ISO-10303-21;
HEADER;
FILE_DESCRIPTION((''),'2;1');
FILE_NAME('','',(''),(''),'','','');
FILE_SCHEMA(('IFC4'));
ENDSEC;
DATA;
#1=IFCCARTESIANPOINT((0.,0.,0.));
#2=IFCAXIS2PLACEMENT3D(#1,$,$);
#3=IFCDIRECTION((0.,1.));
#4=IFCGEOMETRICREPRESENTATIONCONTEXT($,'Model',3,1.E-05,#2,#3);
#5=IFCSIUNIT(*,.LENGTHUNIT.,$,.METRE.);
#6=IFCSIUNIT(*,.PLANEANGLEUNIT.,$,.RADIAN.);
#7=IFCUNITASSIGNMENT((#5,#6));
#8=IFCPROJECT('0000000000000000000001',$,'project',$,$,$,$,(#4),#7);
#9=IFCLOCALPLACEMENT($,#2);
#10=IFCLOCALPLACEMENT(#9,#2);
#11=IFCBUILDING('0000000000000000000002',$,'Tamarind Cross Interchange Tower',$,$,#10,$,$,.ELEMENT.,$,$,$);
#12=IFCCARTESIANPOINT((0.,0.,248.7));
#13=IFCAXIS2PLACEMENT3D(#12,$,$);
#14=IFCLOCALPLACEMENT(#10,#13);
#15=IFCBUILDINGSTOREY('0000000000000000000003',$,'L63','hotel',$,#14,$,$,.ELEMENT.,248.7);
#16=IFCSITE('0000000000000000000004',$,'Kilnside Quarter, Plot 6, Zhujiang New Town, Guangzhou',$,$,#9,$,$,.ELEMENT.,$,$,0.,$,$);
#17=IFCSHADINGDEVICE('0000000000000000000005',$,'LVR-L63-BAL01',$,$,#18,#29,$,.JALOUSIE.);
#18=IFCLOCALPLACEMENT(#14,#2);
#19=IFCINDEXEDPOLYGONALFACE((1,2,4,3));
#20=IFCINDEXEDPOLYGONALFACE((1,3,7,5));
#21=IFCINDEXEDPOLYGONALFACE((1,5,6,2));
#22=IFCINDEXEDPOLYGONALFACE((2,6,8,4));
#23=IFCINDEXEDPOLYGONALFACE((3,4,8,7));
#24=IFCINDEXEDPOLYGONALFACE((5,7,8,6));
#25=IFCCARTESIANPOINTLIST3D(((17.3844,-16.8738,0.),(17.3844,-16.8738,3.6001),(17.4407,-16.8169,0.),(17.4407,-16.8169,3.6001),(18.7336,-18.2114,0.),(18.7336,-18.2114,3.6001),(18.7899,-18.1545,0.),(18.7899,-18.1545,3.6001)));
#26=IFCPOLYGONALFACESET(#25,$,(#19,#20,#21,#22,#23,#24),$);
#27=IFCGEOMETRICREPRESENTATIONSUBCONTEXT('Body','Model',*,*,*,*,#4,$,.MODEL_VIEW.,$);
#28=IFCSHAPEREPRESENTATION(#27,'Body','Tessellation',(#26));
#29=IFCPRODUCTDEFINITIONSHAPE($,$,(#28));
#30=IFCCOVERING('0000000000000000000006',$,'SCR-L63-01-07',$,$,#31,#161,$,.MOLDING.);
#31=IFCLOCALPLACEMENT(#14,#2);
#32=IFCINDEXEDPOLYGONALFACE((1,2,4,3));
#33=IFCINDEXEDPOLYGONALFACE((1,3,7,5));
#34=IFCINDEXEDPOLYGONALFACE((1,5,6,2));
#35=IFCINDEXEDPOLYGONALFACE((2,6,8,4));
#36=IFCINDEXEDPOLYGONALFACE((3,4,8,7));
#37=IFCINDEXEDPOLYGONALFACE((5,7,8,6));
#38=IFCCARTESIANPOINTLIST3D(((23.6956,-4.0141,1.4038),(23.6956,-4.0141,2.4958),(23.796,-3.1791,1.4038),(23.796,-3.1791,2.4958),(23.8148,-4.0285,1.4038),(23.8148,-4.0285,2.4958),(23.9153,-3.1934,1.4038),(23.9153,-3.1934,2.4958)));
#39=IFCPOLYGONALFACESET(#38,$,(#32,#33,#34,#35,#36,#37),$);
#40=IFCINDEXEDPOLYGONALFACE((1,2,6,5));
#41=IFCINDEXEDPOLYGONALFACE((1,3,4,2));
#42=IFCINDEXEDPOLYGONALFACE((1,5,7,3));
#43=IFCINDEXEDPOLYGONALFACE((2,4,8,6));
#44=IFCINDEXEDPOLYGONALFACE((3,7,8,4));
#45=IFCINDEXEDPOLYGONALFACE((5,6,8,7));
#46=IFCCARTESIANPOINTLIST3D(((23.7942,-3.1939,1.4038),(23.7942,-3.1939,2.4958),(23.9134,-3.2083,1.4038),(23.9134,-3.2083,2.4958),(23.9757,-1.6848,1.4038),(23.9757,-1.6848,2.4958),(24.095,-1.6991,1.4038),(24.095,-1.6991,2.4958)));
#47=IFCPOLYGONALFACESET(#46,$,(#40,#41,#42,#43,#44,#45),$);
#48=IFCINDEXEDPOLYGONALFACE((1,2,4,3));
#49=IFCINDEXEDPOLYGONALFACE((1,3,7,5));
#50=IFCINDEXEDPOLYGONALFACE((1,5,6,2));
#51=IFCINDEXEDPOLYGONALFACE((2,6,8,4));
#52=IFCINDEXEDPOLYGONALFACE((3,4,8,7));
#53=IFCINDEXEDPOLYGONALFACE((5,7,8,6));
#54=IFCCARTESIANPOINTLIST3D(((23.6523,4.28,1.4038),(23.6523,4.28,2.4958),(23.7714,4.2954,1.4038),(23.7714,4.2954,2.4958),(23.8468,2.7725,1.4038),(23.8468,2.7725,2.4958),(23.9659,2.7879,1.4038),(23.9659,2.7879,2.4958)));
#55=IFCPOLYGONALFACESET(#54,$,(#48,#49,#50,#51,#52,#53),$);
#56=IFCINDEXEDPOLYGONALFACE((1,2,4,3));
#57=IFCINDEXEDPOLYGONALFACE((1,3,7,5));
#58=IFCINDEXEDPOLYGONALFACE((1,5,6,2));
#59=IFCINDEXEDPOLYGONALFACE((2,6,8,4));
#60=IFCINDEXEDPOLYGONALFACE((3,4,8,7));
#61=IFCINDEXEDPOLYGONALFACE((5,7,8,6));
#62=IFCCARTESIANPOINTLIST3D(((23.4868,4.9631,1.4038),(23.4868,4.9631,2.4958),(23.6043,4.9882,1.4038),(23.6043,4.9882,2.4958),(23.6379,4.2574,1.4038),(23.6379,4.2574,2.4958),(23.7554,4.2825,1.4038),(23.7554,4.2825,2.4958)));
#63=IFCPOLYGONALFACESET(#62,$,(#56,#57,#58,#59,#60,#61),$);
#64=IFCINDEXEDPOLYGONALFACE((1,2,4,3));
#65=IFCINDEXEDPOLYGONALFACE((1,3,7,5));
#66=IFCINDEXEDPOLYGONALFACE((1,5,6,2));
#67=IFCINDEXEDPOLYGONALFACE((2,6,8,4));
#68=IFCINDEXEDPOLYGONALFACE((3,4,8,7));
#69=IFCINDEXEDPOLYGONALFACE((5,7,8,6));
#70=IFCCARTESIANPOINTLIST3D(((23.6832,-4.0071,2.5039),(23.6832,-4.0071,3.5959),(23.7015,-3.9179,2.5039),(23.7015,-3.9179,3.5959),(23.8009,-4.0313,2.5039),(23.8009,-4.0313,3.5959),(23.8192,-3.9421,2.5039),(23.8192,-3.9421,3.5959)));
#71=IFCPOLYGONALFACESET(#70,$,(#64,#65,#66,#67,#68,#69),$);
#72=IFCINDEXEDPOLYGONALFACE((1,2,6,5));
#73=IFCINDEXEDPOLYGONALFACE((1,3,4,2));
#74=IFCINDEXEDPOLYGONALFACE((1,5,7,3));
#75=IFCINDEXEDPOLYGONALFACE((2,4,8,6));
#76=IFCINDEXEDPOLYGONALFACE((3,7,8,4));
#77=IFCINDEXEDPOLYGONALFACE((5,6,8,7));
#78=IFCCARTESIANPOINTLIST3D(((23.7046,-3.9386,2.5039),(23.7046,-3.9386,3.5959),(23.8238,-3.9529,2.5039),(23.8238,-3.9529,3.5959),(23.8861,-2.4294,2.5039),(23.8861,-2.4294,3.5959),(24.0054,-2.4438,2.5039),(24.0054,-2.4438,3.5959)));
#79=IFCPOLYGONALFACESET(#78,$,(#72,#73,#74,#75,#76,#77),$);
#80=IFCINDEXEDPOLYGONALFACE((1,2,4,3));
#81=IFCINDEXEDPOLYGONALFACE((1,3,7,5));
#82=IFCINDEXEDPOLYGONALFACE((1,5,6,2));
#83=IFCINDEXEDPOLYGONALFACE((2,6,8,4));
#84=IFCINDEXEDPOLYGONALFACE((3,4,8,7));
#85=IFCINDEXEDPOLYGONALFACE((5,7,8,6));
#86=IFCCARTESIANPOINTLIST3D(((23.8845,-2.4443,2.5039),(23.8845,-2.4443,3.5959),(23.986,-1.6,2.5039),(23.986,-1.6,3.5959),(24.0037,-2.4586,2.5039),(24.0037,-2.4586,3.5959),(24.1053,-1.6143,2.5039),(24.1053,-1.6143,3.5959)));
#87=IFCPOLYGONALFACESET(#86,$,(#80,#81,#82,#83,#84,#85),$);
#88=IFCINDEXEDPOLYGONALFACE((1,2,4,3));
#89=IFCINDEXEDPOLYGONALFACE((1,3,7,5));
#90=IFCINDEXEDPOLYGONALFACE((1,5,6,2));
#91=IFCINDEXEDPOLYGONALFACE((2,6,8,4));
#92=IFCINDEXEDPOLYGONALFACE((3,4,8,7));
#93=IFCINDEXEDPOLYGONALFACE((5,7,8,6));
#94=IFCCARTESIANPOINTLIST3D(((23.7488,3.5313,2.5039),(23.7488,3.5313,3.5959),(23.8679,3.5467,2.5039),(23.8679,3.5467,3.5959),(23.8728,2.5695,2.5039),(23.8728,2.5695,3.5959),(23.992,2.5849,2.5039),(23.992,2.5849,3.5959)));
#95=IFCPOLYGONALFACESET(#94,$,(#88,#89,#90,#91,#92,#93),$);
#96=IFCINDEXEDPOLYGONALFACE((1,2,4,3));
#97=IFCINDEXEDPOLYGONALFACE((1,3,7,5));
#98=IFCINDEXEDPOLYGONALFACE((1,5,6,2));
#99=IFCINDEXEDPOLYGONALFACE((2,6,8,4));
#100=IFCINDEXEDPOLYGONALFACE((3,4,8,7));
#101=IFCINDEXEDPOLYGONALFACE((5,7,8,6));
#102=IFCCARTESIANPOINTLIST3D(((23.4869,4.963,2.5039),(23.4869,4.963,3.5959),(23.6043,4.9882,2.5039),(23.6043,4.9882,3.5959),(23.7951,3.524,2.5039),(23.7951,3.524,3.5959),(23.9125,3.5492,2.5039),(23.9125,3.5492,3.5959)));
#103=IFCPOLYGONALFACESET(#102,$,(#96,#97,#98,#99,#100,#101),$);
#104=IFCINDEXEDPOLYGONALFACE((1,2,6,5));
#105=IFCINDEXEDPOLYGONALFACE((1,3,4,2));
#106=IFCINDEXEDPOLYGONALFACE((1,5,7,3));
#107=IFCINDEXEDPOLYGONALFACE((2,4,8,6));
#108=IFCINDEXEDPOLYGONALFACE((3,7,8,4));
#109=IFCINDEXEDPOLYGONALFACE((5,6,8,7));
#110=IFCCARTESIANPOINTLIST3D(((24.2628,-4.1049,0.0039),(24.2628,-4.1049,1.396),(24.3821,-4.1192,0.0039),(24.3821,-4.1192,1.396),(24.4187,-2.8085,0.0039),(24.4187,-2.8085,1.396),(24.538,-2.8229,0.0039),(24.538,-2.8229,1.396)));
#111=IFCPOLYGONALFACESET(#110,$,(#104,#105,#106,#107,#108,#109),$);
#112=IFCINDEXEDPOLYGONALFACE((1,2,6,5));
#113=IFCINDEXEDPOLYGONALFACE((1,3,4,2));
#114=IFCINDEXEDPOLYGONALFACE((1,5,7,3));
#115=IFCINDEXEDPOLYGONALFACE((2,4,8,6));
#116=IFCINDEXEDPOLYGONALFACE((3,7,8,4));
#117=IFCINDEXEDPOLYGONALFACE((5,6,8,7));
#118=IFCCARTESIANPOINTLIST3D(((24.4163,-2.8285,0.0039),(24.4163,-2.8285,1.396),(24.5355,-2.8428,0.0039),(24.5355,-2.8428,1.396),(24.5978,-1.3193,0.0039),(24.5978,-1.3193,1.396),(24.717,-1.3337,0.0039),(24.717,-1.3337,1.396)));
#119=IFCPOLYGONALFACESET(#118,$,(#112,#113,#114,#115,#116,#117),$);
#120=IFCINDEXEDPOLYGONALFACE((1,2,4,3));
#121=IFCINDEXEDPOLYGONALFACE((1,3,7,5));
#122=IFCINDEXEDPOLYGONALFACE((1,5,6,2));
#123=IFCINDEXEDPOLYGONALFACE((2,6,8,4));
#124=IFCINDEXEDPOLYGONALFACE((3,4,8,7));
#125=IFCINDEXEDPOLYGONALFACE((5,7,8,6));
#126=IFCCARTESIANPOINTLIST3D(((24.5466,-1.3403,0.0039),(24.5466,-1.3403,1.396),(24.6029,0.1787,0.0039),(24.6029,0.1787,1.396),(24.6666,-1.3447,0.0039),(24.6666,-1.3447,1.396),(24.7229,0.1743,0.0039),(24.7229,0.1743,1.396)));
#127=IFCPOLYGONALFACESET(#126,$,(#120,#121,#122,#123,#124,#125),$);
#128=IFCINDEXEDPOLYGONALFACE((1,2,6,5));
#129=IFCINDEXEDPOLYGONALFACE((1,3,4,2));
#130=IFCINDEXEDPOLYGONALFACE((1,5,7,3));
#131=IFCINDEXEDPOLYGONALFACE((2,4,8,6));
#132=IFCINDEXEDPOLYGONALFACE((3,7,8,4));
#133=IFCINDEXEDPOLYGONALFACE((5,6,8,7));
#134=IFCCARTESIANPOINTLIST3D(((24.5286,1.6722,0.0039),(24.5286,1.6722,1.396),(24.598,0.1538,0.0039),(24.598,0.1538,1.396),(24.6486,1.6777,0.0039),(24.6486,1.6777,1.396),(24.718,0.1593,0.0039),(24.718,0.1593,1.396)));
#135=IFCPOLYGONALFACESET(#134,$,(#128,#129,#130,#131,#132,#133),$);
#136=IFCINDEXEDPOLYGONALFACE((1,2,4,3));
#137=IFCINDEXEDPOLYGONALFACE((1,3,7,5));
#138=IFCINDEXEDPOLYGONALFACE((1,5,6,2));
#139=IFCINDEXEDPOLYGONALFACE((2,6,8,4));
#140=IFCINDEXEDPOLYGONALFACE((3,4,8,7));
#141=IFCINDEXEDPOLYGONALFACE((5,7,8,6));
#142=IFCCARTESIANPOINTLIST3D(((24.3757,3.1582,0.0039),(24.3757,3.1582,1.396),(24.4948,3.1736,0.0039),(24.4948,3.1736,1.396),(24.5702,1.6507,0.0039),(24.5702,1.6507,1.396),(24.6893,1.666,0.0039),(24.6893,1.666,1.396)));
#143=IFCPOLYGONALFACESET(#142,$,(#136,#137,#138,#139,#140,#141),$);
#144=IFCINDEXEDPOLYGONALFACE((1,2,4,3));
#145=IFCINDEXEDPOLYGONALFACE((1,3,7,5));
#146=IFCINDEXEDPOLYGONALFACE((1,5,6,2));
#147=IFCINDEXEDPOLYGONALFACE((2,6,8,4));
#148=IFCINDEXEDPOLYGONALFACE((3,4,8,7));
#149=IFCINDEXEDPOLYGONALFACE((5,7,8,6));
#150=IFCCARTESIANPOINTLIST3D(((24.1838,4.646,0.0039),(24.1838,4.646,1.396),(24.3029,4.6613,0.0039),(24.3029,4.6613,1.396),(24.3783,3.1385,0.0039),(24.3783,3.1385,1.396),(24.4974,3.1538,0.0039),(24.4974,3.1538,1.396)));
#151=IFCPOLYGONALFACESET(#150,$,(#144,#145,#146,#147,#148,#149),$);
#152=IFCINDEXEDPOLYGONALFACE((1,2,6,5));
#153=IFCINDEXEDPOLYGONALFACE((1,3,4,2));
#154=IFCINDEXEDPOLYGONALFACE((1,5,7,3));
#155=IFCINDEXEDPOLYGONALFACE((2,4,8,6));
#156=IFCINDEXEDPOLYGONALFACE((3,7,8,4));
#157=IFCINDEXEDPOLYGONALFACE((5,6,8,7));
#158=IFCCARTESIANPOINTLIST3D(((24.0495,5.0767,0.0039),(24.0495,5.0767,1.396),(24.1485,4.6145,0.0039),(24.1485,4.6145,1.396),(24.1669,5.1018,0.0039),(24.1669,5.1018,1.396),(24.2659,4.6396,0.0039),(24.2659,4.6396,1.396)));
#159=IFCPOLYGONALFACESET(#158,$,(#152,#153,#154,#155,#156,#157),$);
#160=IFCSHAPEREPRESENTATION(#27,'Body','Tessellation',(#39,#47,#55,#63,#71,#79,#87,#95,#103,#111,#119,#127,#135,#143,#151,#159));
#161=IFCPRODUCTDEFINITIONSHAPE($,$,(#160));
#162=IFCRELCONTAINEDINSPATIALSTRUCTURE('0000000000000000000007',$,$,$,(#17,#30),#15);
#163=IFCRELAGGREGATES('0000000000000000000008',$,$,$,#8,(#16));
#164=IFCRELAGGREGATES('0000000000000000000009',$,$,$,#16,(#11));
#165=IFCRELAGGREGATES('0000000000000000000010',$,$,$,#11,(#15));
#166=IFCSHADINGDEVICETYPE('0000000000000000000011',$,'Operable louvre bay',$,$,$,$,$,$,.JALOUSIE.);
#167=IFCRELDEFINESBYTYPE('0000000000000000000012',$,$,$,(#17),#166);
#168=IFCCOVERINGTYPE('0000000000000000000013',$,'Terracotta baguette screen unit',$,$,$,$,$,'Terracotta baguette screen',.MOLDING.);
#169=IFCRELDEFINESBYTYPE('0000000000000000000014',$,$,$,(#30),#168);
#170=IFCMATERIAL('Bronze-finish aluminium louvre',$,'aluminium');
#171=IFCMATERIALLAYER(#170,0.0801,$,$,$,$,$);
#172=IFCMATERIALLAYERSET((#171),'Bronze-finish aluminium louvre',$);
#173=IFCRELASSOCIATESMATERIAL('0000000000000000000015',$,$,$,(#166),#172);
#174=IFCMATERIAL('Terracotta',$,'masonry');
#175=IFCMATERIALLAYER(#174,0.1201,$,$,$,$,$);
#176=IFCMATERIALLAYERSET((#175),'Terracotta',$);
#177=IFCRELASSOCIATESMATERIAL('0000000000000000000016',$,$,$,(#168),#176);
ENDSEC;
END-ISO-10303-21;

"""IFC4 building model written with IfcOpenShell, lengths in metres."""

from ifc_helpers import new_model, si_unit, direction, frame, origin, origin_2d, place, context, subcontext, project, spatial, rectangle, extrude, material, layer, layer_set, type_object, element, save


model = new_model("IFC4")

# Units and contexts
model_context = context("Model", 3, precision=1e-05, world=origin(), true_north=direction((0.0, 1.0)))
body_context = subcontext(model_context, "Body", "Model", "MODEL_VIEW")
ifc_project = project(units=[si_unit("LENGTHUNIT", "METRE"), si_unit("PLANEANGLEUNIT", "RADIAN")], contexts=[model_context])

# Site, building, storey
site_placement = place(None, origin())
site = spatial("IfcSite", under=ifc_project, at=site_placement, Name="Kilnside Quarter, Plot 6, Zhujiang New Town, Guangzhou", CompositionType="ELEMENT", RefElevation=0.0)
building_placement = place(site_placement, origin())
building = spatial("IfcBuilding", under=site, at=building_placement, Name="Tamarind Cross Interchange Tower", CompositionType="ELEMENT")
storey_placement = place(building_placement, frame((0.0, 0.0, 248.7)))
storey = spatial("IfcBuildingStorey", under=building, at=storey_placement, Name="L63", Description="hotel", CompositionType="ELEMENT", Elevation=248.7)

# Shading device
ifc_material_1 = material(Name="Bronze-finish aluminium louvre", Category="aluminium")
ifc_layer_1 = layer(ifc_material_1, 0.0801)
ifc_layer_set_1 = layer_set([ifc_layer_1], Name="Bronze-finish aluminium louvre")
shading_device_type = type_object("IfcShadingDeviceType", Name="Operable louvre bay", PredefinedType="JALOUSIE", material=ifc_layer_set_1)
shading_device_placement = place(storey_placement, origin())
element("IfcShadingDevice", 1, at=shading_device_placement, inside=storey, type_object=shading_device_type, Name="LVR-L63-BAL01", PredefinedType="JALOUSIE", context=body_context, shape_type="SweptSolid", body=[
    extrude(rectangle(XDim=1.8999, YDim=0.0801, at=origin_2d()), frame((18.0872, -17.5142, 0.0), z_axis=(0.0, 0.0, 1.0), x_axis=(0.710143, -0.704057, 0.0)), (0.0, 0.0, 1.0), 3.6001),
])

# Covering
ifc_material_2 = material(Name="Terracotta", Category="masonry")
ifc_layer_2 = layer(ifc_material_2, 0.1201)
ifc_layer_set_2 = layer_set([ifc_layer_2], Name="Terracotta")
covering_type = type_object("IfcCoveringType", Name="Terracotta baguette screen unit", ElementType="Terracotta baguette screen", PredefinedType="MOLDING", material=ifc_layer_set_2)
covering_1_placement = place(storey_placement, origin())
element("IfcCovering", 2, at=covering_1_placement, inside=storey, type_object=covering_type, Name="SCR-L63-01-07", PredefinedType="MOLDING", context=body_context, shape_type="SweptSolid", body=[
    extrude(rectangle(XDim=0.8411, YDim=0.1201, at=origin_2d()), frame((23.8054, -3.6038, 1.4038), z_axis=(0.0, 0.0, 1.0), x_axis=(0.119421, 0.992844, 0.0)), (0.0, 0.0, 1.0), 1.092),
    extrude(rectangle(XDim=1.52, YDim=0.1201, at=origin_2d()), frame((23.9446, -2.4465, 1.4038), z_axis=(0.0, 0.0, 1.0), x_axis=(0.119421, 0.992844, 0.0)), (0.0, 0.0, 1.0), 1.092),
    extrude(rectangle(XDim=1.52, YDim=0.1201, at=origin_2d()), frame((23.8091, 3.5339, 1.4038), z_axis=(0.0, 0.0, 1.0), x_axis=(-0.127962, 0.991779, 0.0)), (0.0, 0.0, 1.0), 1.092),
    extrude(rectangle(XDim=0.7217, YDim=0.1201, at=origin_2d()), frame((23.6211, 4.6228, 1.4038), z_axis=(0.0, 0.0, 1.0), x_axis=(-0.209425, 0.977825, 0.0)), (0.0, 0.0, 1.0), 1.092),
    extrude(rectangle(XDim=0.0911, YDim=0.1201, at=origin_2d()), frame((23.7512, -3.9746, 2.5039), z_axis=(0.0, 0.0, 1.0), x_axis=(0.201001, 0.979591, 0.0)), (0.0, 0.0, 1.0), 1.092),
    extrude(rectangle(XDim=1.52, YDim=0.1201, at=origin_2d()), frame((23.855, -3.1912, 2.5039), z_axis=(0.0, 0.0, 1.0), x_axis=(0.119421, 0.992844, 0.0)), (0.0, 0.0, 1.0), 1.092),
    extrude(rectangle(XDim=0.8503, YDim=0.1201, at=origin_2d()), frame((23.9949, -2.0293, 2.5039), z_axis=(0.0, 0.0, 1.0), x_axis=(0.119421, 0.992844, 0.0)), (0.0, 0.0, 1.0), 1.092),
    extrude(rectangle(XDim=0.9697, YDim=0.1201, at=origin_2d()), frame((23.8704, 3.0581, 2.5039), z_axis=(0.0, 0.0, 1.0), x_axis=(-0.127962, 0.991779, 0.0)), (0.0, 0.0, 1.0), 1.092),
    extrude(rectangle(XDim=1.4717, YDim=0.1201, at=origin_2d()), frame((23.6997, 4.2561, 2.5039), z_axis=(0.0, 0.0, 1.0), x_axis=(-0.209425, 0.977825, 0.0)), (0.0, 0.0, 1.0), 1.092),
    extrude(rectangle(XDim=1.3057, YDim=0.1201, at=origin_2d()), frame((24.4004, -3.4639, 0.0039), z_axis=(0.0, 0.0, 1.0), x_axis=(0.119421, 0.992844, 0.0)), (0.0, 0.0, 1.0), 1.3921),
    extrude(rectangle(XDim=1.52, YDim=0.1201, at=origin_2d()), frame((24.5667, -2.0811, 0.0039), z_axis=(0.0, 0.0, 1.0), x_axis=(0.119421, 0.992844, 0.0)), (0.0, 0.0, 1.0), 1.3921),
    extrude(rectangle(XDim=1.52, YDim=0.1201, at=origin_2d()), frame((24.6348, -0.583, 0.0039), z_axis=(0.0, 0.0, 1.0), x_axis=(0.037025, 0.999314, 0.0)), (0.0, 0.0, 1.0), 1.3921),
    extrude(rectangle(XDim=1.52, YDim=0.1201, at=origin_2d()), frame((24.6233, 0.9158, 0.0039), z_axis=(0.0, 0.0, 1.0), x_axis=(-0.045624, 0.998959, 0.0)), (0.0, 0.0, 1.0), 1.3921),
    extrude(rectangle(XDim=1.52, YDim=0.1201, at=origin_2d()), frame((24.5325, 2.4121, 0.0039), z_axis=(0.0, 0.0, 1.0), x_axis=(-0.127962, 0.991779, 0.0)), (0.0, 0.0, 1.0), 1.3921),
    extrude(rectangle(XDim=1.52, YDim=0.1201, at=origin_2d()), frame((24.3406, 3.8999, 0.0039), z_axis=(0.0, 0.0, 1.0), x_axis=(-0.127962, 0.991779, 0.0)), (0.0, 0.0, 1.0), 1.3921),
    extrude(rectangle(XDim=0.4727, YDim=0.1201, at=origin_2d()), frame((24.1577, 4.8582, 0.0039), z_axis=(0.0, 0.0, 1.0), x_axis=(-0.209425, 0.977825, 0.0)), (0.0, 0.0, 1.0), 1.3921),
])

save(model, "model.ifc")
